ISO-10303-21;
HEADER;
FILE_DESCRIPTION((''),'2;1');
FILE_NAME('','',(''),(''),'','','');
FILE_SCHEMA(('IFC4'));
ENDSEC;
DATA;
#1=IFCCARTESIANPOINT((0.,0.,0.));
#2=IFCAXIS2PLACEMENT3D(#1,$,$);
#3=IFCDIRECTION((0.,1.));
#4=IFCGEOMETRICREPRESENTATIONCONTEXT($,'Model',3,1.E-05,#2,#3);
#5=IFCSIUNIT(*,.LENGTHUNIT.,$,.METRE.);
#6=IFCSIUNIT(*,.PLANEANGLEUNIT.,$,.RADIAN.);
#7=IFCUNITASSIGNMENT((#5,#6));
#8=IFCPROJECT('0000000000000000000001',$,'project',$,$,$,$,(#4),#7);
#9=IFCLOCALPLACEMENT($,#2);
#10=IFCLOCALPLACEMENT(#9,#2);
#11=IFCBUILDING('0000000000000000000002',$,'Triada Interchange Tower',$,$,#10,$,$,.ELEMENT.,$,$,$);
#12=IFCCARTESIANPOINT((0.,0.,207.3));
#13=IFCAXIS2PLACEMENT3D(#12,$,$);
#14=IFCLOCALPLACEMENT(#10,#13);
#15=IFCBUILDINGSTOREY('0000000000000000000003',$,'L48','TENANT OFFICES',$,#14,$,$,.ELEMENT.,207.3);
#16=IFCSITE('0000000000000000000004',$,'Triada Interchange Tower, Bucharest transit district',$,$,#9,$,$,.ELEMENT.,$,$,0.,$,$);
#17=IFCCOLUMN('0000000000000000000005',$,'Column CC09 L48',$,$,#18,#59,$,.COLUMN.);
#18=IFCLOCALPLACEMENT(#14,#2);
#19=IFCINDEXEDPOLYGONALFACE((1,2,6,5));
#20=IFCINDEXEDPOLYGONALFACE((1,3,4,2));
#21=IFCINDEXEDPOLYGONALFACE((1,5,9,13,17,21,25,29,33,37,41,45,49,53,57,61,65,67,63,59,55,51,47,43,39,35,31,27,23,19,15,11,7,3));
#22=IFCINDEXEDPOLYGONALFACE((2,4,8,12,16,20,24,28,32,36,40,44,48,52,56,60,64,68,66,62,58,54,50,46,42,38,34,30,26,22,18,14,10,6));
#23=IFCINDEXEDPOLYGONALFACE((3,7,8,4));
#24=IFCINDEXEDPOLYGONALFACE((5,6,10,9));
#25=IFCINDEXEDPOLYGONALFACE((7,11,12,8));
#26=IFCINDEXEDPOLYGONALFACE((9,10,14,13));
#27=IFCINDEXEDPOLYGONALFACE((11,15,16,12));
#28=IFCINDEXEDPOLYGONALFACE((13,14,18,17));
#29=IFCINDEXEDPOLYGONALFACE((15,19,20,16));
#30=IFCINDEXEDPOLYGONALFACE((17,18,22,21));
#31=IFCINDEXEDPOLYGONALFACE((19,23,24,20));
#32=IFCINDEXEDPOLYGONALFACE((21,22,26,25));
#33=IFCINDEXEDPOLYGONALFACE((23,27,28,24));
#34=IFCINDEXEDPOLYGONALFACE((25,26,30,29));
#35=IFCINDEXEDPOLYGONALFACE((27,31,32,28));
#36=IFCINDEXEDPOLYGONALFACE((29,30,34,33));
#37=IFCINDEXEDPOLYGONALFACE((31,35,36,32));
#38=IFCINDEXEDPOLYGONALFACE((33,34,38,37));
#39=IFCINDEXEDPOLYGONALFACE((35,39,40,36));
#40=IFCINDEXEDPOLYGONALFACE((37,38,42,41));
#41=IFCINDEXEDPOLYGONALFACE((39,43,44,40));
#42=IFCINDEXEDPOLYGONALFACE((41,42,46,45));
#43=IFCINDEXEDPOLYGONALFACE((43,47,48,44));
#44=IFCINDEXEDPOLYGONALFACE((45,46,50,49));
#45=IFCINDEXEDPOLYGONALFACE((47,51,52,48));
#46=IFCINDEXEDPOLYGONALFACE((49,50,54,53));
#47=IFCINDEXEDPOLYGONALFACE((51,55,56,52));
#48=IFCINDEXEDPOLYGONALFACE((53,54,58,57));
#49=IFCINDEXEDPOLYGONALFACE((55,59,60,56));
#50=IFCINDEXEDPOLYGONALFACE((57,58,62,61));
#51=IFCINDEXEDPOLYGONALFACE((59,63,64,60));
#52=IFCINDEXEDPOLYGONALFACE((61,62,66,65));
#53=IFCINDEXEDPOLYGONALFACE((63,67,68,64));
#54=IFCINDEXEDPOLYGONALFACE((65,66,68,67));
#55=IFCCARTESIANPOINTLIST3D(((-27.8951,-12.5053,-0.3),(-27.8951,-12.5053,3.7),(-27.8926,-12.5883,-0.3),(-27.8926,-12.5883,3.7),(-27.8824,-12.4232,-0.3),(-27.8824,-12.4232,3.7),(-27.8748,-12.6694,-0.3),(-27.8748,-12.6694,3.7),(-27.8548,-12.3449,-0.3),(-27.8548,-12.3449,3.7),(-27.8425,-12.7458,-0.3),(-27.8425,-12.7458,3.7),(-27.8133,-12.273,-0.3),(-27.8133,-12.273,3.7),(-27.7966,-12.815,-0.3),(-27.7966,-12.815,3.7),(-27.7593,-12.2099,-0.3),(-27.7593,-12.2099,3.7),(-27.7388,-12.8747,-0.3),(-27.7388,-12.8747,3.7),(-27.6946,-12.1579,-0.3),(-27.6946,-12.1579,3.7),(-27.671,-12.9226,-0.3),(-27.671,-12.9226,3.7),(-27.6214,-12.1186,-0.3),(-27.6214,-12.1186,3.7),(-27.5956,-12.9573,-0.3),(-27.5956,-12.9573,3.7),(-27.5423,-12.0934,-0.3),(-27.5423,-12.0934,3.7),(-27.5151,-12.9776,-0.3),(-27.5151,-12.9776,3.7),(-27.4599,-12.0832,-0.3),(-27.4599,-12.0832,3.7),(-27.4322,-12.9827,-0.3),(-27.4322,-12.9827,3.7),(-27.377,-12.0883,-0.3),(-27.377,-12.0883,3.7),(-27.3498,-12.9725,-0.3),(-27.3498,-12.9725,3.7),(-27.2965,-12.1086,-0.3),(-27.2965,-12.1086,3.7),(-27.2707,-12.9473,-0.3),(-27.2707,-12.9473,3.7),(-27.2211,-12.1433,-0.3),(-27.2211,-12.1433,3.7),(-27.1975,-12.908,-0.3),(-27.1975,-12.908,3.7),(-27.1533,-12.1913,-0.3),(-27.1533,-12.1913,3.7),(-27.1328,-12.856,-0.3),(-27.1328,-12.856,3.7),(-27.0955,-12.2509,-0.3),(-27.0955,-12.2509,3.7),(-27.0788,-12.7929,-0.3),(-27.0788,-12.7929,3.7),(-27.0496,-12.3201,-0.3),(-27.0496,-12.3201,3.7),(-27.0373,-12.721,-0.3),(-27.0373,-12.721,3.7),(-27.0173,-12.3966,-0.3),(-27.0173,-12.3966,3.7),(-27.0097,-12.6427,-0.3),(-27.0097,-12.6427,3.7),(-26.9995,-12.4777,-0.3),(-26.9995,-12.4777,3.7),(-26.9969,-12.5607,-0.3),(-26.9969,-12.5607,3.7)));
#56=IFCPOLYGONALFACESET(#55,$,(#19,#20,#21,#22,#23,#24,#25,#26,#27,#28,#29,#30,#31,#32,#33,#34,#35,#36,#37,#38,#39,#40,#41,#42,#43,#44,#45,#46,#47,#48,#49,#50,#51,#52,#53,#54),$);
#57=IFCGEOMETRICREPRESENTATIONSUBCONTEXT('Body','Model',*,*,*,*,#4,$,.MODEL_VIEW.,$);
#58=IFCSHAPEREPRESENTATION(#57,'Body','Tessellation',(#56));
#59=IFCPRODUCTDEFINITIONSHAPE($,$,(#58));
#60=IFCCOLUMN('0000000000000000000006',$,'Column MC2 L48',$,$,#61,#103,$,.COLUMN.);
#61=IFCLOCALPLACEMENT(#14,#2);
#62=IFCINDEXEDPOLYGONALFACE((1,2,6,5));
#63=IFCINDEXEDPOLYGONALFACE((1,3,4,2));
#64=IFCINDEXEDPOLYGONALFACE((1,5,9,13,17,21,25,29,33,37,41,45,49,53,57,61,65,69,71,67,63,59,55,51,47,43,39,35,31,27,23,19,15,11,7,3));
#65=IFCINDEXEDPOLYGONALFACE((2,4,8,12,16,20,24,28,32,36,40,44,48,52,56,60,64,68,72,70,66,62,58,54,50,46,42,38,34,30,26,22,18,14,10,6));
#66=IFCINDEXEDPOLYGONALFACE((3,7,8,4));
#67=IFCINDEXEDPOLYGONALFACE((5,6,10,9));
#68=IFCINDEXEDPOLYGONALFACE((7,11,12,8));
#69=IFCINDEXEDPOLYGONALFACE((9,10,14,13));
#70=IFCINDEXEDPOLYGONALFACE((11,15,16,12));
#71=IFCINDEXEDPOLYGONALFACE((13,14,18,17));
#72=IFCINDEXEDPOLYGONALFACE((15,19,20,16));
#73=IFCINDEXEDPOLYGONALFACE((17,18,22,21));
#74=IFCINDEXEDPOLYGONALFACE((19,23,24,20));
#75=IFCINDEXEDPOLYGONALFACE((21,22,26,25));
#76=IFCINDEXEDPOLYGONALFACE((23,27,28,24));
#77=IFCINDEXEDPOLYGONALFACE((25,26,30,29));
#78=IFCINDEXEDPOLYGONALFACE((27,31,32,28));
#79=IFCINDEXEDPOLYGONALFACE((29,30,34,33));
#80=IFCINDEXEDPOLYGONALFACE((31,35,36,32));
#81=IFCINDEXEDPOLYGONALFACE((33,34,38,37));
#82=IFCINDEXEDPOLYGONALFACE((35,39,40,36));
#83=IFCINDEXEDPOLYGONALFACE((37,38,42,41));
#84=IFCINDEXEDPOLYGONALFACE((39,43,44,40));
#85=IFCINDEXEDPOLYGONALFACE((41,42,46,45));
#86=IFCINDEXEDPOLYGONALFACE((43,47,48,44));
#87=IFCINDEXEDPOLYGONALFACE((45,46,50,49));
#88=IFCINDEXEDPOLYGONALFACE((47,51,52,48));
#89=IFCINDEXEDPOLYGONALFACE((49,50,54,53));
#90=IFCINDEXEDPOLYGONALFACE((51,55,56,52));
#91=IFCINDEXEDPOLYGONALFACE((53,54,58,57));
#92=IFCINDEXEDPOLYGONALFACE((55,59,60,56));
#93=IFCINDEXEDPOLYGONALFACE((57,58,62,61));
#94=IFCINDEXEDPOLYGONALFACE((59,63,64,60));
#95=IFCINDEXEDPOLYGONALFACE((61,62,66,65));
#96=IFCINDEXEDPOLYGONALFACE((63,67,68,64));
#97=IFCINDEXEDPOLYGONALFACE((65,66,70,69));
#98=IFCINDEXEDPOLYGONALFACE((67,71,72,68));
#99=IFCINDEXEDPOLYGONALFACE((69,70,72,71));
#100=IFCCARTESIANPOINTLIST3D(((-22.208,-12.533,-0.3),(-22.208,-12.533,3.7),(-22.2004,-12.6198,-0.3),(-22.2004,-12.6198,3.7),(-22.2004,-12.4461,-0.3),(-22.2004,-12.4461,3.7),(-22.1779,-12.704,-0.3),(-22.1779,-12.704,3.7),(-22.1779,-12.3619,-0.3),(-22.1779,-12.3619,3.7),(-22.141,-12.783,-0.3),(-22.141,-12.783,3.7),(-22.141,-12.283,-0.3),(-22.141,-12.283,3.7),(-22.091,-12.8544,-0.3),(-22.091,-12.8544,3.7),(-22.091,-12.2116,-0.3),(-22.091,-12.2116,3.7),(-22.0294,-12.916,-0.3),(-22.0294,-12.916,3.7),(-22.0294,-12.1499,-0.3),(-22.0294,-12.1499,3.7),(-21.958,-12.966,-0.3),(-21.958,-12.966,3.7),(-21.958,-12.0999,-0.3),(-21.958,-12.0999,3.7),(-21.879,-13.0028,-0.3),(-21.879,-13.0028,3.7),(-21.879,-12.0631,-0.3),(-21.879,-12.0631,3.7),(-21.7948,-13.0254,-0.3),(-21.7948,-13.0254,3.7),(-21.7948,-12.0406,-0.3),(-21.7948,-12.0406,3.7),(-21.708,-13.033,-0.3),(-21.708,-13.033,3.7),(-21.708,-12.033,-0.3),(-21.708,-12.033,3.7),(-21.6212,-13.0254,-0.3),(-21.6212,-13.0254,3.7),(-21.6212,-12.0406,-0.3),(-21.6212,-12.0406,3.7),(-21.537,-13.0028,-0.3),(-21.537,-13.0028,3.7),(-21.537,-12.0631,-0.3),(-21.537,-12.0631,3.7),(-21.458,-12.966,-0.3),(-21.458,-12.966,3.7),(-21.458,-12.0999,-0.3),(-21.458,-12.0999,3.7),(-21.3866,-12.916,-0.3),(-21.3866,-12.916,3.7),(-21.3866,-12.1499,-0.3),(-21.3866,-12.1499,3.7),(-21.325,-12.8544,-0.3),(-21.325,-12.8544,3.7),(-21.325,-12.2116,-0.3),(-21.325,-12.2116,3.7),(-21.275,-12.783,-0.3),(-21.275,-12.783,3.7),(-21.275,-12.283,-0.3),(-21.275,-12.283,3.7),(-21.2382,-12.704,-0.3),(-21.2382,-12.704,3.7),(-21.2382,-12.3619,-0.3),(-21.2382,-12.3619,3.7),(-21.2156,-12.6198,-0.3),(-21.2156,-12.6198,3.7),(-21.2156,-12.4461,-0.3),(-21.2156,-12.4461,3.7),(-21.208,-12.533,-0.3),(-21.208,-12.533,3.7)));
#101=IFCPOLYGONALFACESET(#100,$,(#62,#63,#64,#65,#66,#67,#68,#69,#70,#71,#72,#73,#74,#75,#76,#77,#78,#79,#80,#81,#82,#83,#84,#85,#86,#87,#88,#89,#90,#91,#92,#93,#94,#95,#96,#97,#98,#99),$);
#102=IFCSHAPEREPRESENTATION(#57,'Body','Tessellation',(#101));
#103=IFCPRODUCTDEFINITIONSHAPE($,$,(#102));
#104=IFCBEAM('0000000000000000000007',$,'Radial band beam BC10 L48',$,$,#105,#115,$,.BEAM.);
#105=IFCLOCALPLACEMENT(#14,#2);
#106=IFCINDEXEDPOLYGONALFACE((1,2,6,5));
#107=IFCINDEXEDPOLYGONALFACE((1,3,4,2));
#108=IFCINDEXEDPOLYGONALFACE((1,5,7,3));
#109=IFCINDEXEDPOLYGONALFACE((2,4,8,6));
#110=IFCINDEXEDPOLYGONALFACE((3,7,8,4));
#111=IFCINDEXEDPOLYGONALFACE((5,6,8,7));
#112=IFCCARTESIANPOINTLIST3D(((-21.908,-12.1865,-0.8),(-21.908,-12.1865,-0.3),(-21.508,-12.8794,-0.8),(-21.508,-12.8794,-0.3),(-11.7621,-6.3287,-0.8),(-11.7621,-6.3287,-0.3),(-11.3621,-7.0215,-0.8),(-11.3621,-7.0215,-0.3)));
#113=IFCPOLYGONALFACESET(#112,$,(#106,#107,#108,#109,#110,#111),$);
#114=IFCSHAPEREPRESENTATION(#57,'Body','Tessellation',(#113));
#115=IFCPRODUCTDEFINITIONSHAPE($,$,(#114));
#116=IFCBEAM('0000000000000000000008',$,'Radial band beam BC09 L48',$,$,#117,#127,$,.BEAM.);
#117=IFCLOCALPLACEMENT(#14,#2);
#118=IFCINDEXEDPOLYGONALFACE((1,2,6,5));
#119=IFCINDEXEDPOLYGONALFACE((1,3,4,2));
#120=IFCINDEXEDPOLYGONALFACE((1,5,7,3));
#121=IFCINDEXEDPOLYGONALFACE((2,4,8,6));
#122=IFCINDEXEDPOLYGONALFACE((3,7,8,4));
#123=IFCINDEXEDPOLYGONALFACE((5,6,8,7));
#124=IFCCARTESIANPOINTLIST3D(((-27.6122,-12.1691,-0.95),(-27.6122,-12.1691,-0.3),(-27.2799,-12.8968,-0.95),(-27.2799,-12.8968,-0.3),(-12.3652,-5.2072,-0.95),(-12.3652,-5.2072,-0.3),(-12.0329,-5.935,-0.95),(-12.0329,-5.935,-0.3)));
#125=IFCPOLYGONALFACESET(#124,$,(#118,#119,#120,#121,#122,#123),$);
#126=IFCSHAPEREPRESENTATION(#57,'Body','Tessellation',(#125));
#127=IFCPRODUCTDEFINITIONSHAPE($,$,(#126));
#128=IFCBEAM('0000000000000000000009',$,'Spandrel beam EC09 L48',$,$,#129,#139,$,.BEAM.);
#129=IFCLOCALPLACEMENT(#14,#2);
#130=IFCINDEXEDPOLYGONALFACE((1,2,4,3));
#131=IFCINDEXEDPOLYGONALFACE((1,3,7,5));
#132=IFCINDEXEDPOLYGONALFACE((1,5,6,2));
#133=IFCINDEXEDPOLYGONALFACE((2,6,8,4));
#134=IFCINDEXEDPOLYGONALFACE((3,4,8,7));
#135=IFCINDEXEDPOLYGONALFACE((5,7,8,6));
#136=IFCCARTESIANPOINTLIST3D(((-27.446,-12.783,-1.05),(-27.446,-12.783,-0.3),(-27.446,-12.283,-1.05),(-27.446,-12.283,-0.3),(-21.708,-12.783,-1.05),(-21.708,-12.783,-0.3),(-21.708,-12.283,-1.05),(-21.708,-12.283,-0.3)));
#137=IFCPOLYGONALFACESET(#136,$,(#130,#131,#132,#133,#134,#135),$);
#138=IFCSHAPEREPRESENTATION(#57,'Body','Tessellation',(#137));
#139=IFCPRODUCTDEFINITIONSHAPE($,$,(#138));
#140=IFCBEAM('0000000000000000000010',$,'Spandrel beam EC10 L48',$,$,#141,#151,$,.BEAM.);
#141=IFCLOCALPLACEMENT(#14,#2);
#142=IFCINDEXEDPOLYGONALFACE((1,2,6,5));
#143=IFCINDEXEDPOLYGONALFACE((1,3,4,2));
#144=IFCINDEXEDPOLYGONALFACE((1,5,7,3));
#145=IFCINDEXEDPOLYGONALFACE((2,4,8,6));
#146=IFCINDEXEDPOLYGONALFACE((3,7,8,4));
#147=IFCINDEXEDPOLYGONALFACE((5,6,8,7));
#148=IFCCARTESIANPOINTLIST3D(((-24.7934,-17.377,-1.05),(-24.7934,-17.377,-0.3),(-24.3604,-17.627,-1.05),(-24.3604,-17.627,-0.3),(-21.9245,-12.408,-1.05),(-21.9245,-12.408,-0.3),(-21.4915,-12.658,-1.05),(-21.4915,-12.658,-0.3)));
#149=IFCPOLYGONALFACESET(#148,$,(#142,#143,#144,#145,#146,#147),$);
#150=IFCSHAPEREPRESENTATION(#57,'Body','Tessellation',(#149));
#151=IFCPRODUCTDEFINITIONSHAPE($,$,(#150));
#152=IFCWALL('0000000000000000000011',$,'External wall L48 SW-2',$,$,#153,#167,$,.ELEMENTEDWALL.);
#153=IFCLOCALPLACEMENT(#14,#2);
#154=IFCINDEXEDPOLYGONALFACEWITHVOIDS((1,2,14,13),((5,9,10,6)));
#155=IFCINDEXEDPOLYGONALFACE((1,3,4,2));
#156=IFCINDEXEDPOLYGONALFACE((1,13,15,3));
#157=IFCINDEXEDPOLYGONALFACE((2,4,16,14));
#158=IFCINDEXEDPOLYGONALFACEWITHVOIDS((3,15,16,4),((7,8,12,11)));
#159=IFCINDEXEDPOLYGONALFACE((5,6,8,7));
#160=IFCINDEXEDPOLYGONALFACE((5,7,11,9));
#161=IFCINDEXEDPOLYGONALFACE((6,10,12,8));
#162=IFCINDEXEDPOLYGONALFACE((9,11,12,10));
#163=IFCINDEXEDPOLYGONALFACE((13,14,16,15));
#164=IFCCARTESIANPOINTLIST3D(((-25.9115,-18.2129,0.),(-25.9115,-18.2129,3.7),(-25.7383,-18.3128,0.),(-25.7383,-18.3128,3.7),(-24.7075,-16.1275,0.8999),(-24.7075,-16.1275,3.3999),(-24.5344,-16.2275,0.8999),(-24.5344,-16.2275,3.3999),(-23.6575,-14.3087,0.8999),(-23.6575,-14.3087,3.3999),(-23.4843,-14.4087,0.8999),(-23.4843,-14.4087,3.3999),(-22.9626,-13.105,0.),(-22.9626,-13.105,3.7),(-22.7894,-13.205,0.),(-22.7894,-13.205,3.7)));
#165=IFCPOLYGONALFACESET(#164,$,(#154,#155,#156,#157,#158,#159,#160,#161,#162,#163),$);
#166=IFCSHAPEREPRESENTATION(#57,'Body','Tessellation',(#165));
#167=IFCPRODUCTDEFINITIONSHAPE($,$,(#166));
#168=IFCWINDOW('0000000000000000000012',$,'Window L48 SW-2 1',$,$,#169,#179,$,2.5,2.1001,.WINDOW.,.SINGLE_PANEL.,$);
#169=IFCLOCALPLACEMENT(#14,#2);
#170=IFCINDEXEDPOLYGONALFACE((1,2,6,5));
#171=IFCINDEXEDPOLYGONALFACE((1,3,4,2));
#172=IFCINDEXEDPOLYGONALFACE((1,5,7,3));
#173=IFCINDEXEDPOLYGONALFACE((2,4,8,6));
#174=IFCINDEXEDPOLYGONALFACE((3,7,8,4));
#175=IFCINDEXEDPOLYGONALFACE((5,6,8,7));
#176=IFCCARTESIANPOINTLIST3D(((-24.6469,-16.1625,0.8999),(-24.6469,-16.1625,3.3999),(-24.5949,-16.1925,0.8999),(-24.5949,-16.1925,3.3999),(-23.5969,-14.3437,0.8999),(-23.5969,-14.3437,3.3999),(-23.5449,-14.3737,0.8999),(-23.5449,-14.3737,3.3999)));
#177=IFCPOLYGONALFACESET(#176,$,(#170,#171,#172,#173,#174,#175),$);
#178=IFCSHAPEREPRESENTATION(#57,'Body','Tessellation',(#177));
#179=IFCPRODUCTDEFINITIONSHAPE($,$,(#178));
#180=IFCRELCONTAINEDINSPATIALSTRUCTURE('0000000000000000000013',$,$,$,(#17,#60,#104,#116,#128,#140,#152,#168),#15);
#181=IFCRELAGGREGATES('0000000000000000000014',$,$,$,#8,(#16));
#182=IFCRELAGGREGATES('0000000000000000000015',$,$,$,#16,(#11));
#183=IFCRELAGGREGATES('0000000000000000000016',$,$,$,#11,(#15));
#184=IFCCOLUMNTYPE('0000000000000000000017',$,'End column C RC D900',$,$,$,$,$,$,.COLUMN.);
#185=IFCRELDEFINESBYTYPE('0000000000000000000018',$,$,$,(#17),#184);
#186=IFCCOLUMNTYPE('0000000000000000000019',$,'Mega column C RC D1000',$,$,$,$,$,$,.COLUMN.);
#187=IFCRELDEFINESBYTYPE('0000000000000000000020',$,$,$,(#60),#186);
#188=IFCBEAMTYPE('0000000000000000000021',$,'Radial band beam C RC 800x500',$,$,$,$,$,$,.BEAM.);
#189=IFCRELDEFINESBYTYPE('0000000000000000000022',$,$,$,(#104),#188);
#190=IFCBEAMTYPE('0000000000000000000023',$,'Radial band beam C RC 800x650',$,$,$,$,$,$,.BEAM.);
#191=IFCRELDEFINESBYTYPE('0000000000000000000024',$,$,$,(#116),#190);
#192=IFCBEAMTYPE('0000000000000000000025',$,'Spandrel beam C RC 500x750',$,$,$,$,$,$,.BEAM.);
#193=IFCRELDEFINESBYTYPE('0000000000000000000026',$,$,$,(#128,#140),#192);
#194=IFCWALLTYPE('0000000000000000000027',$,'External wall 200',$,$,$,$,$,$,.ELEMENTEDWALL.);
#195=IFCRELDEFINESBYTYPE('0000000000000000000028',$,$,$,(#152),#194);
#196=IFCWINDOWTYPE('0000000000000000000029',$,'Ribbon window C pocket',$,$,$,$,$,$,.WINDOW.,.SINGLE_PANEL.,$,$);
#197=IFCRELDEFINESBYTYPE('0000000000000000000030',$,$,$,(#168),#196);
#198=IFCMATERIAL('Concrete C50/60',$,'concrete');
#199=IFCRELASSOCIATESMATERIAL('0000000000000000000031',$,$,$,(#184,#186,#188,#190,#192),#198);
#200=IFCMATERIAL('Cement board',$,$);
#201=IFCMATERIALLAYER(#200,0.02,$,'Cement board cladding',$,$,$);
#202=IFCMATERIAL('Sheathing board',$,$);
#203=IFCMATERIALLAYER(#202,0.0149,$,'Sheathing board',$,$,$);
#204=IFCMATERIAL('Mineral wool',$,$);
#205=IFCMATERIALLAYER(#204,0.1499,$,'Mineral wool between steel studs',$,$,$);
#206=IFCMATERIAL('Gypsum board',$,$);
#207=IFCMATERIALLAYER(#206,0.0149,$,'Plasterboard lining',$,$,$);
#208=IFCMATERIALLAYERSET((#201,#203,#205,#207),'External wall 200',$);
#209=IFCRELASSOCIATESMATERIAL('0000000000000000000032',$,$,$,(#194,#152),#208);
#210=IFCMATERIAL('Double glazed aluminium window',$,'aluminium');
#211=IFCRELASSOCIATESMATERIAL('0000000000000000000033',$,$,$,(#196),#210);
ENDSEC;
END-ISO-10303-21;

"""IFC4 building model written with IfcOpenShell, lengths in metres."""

from ifc_helpers import new_model, si_unit, direction, frame, frame_2d, origin, origin_2d, place, context, subcontext, project, spatial, rectangle, circle, extrude, material, layer, layer_set, layer_usage, material_profile, profile_set, type_object, element, fill, save


model = new_model("IFC4")

# Units and contexts
model_context = context("Model", 3, precision=1e-05, world=origin(), true_north=direction((0.0, 1.0)))
body_context = subcontext(model_context, "Body", "Model", "MODEL_VIEW")
ifc_project = project(units=[si_unit("LENGTHUNIT", "METRE"), si_unit("PLANEANGLEUNIT", "RADIAN")], contexts=[model_context])

# Site, building, storey
site_placement = place(None, origin())
site = spatial("IfcSite", under=ifc_project, at=site_placement, Name="Triada Interchange Tower, Bucharest transit district", CompositionType="ELEMENT", RefElevation=0.0)
building_placement = place(site_placement, origin())
building = spatial("IfcBuilding", under=site, at=building_placement, Name="Triada Interchange Tower", CompositionType="ELEMENT")
storey_placement = place(building_placement, frame((0.0, 0.0, 207.3)))
storey = spatial("IfcBuildingStorey", under=building, at=storey_placement, Name="L48", Description="TENANT OFFICES", CompositionType="ELEMENT", Elevation=207.3)

# Columns
ifc_material_1 = material(Name="Concrete C50/60", Category="concrete")
ifc_material_profile_1 = material_profile(ifc_material_1, circle(Radius=0.45, at=origin_2d()), Name="RC D900")
ifc_profile_set_1 = profile_set([ifc_material_profile_1], Name="Concrete C50/60")
column_type_1 = type_object("IfcColumnType", Name="End column C RC D900", PredefinedType="COLUMN", material=ifc_profile_set_1)
column_1_placement = place(storey_placement, frame((-27.446, -12.533, -0.3), z_axis=(0.0, 0.0, 1.0), x_axis=(0.5, 0.866025, 0.0)))
element("IfcColumn", 1, at=column_1_placement, inside=storey, type_object=column_type_1, Name="Column CC09 L48", PredefinedType="COLUMN", context=body_context, shape_type="SweptSolid", body=[
    extrude(circle(Radius=0.45, at=origin_2d()), origin(), (0.0, 0.0, 1.0), 4.0),
])
ifc_material_profile_2 = material_profile(ifc_material_1, circle(Radius=0.5, at=origin_2d()), Name="RC D1000")
ifc_profile_set_2 = profile_set([ifc_material_profile_2], Name="Concrete C50/60")
column_type_2 = type_object("IfcColumnType", Name="Mega column C RC D1000", PredefinedType="COLUMN", material=ifc_profile_set_2)
column_2_placement = place(storey_placement, frame((-21.708, -12.533, -0.3), z_axis=(0.0, 0.0, 1.0), x_axis=(1.0, 0.0, 0.0)))
element("IfcColumn", 2, at=column_2_placement, inside=storey, type_object=column_type_2, Name="Column MC2 L48", PredefinedType="COLUMN", context=body_context, shape_type="SweptSolid", body=[
    extrude(circle(Radius=0.5, at=origin_2d()), origin(), (0.0, 0.0, 1.0), 4.0),
])

# Beams
ifc_material_profile_3 = material_profile(ifc_material_1, rectangle(XDim=0.8, YDim=0.5, at=origin_2d()), Name="RC 800x500")
ifc_profile_set_3 = profile_set([ifc_material_profile_3], Name="Concrete C50/60")
beam_type_1 = type_object("IfcBeamType", Name="Radial band beam C RC 800x500", PredefinedType="BEAM", material=ifc_profile_set_3)
beam_1_placement = place(storey_placement, frame((-21.708, -12.533, -0.55), z_axis=(0.866021, 0.500007, 0.0), x_axis=(-0.500007, 0.866021, 0.0)))
element("IfcBeam", 3, at=beam_1_placement, inside=storey, type_object=beam_type_1, Name="Radial band beam BC10 L48", PredefinedType="BEAM", context=body_context, shape_type="SweptSolid", body=[
    extrude(rectangle(XDim=0.8, YDim=0.5, at=origin_2d()), origin(), (0.0, 0.0, 1.0), 11.7156),
])
ifc_material_profile_4 = material_profile(ifc_material_1, rectangle(XDim=0.8, YDim=0.6499, at=origin_2d()), Name="RC 800x650")
ifc_profile_set_4 = profile_set([ifc_material_profile_4], Name="Concrete C50/60")
beam_type_2 = type_object("IfcBeamType", Name="Radial band beam C RC 800x650", PredefinedType="BEAM", material=ifc_profile_set_4)
beam_2_placement = place(storey_placement, frame((-27.446, -12.533, -0.625), z_axis=(0.909659, 0.415356, 0.0), x_axis=(-0.415356, 0.909659, 0.0)))
element("IfcBeam", 4, at=beam_2_placement, inside=storey, type_object=beam_type_2, Name="Radial band beam BC09 L48", PredefinedType="BEAM", context=body_context, shape_type="SweptSolid", body=[
    extrude(rectangle(XDim=0.8, YDim=0.6499, at=origin_2d()), origin(), (0.0, 0.0, 1.0), 16.7612),
])
ifc_material_profile_5 = material_profile(ifc_material_1, rectangle(XDim=0.5, YDim=0.75, at=origin_2d()), Name="RC 500x750")
ifc_profile_set_5 = profile_set([ifc_material_profile_5], Name="Concrete C50/60")
beam_type_3 = type_object("IfcBeamType", Name="Spandrel beam C RC 500x750", PredefinedType="BEAM", material=ifc_profile_set_5)
beam_3_placement = place(storey_placement, frame((-27.446, -12.533, -0.675), z_axis=(1.0, 0.0, 0.0), x_axis=(0.0, 1.0, 0.0)))
element("IfcBeam", 5, at=beam_3_placement, inside=storey, type_object=beam_type_3, Name="Spandrel beam EC09 L48", PredefinedType="BEAM", context=body_context, shape_type="SweptSolid", body=[
    extrude(rectangle(XDim=0.5, YDim=0.75, at=origin_2d()), origin(), (0.0, 0.0, 1.0), 5.738),
])
beam_4_placement = place(storey_placement, frame((-21.708, -12.533, -0.675), z_axis=(-0.500006, -0.866022, 0.0), x_axis=(0.866022, -0.500006, 0.0)))
element("IfcBeam", 6, at=beam_4_placement, inside=storey, type_object=beam_type_3, Name="Spandrel beam EC10 L48", PredefinedType="BEAM", context=body_context, shape_type="SweptSolid", body=[
    extrude(rectangle(XDim=0.5, YDim=0.75, at=origin_2d()), origin(), (0.0, 0.0, 1.0), 5.7378),
])

# Wall, opening, window
ifc_material_2 = material(Name="Cement board")
ifc_layer_1 = layer(ifc_material_2, 0.02, Name="Cement board cladding")
ifc_material_3 = material(Name="Sheathing board")
ifc_layer_2 = layer(ifc_material_3, 0.0149, Name="Sheathing board")
ifc_material_4 = material(Name="Mineral wool")
ifc_layer_3 = layer(ifc_material_4, 0.1499, Name="Mineral wool between steel studs")
ifc_material_5 = material(Name="Gypsum board")
ifc_layer_4 = layer(ifc_material_5, 0.0149, Name="Plasterboard lining")
ifc_layer_set_1 = layer_set([ifc_layer_1, ifc_layer_2, ifc_layer_3, ifc_layer_4], Name="External wall 200")
ifc_layer_usage = layer_usage(ifc_layer_set_1, "AXIS2", "POSITIVE", -0.1001)
wall_type_1 = type_object("IfcWallType", Name="External wall 200", PredefinedType="ELEMENTEDWALL", material=ifc_layer_set_1)
wall_1_placement = place(storey_placement, frame((-22.876, -13.155, 0.0), z_axis=(0.0, 0.0, 1.0), x_axis=(-0.49999, -0.866031, 0.0)))
wall_1 = element("IfcWall", 7, at=wall_1_placement, inside=storey, type_object=wall_type_1, material=ifc_layer_usage, Name="External wall L48 SW-2", PredefinedType="ELEMENTEDWALL", context=body_context, shape_type="SweptSolid", body=[
    extrude(rectangle(XDim=5.8979, YDim=0.2, at=frame_2d((2.949, 0.0))), origin(), (0.0, 0.0, 1.0), 3.7),
])
opening_1_placement = place(wall_1_placement, frame((1.3899, 0.0, 0.8999)))
opening_1 = element("IfcOpeningElement", 8, at=opening_1_placement, cuts=wall_1, PredefinedType="OPENING", context=body_context, shape_type="SweptSolid", body=[
    extrude(rectangle(XDim=2.1001, YDim=2.5, at=frame_2d((1.05, 1.25))), frame((0.0, 0.1099, 0.0), z_axis=(0.0, -1.0, 0.0), x_axis=(1.0, 0.0, 0.0)), (0.0, 0.0, 1.0), 0.22),
])
ifc_material_6 = material(Name="Double glazed aluminium window", Category="aluminium")
window_type = type_object("IfcWindowType", Name="Ribbon window C pocket", PartitioningType="SINGLE_PANEL", PredefinedType="WINDOW", material=ifc_material_6)
window_placement = place(opening_1_placement, origin())
window = element("IfcWindow", 9, at=window_placement, inside=storey, type_object=window_type, Name="Window L48 SW-2 1", OverallHeight=2.5, OverallWidth=2.1001, PartitioningType="SINGLE_PANEL", PredefinedType="WINDOW", context=body_context, shape_type="SweptSolid", body=[
    extrude(rectangle(XDim=2.1001, YDim=2.5, at=frame_2d((1.05, 1.25))), frame((0.0, 0.03, 0.0), z_axis=(0.0, -1.0, 0.0), x_axis=(1.0, 0.0, 0.0)), (0.0, 0.0, 1.0), 0.0601),
])
fill(opening_1, window)

save(model, "model.ifc")
